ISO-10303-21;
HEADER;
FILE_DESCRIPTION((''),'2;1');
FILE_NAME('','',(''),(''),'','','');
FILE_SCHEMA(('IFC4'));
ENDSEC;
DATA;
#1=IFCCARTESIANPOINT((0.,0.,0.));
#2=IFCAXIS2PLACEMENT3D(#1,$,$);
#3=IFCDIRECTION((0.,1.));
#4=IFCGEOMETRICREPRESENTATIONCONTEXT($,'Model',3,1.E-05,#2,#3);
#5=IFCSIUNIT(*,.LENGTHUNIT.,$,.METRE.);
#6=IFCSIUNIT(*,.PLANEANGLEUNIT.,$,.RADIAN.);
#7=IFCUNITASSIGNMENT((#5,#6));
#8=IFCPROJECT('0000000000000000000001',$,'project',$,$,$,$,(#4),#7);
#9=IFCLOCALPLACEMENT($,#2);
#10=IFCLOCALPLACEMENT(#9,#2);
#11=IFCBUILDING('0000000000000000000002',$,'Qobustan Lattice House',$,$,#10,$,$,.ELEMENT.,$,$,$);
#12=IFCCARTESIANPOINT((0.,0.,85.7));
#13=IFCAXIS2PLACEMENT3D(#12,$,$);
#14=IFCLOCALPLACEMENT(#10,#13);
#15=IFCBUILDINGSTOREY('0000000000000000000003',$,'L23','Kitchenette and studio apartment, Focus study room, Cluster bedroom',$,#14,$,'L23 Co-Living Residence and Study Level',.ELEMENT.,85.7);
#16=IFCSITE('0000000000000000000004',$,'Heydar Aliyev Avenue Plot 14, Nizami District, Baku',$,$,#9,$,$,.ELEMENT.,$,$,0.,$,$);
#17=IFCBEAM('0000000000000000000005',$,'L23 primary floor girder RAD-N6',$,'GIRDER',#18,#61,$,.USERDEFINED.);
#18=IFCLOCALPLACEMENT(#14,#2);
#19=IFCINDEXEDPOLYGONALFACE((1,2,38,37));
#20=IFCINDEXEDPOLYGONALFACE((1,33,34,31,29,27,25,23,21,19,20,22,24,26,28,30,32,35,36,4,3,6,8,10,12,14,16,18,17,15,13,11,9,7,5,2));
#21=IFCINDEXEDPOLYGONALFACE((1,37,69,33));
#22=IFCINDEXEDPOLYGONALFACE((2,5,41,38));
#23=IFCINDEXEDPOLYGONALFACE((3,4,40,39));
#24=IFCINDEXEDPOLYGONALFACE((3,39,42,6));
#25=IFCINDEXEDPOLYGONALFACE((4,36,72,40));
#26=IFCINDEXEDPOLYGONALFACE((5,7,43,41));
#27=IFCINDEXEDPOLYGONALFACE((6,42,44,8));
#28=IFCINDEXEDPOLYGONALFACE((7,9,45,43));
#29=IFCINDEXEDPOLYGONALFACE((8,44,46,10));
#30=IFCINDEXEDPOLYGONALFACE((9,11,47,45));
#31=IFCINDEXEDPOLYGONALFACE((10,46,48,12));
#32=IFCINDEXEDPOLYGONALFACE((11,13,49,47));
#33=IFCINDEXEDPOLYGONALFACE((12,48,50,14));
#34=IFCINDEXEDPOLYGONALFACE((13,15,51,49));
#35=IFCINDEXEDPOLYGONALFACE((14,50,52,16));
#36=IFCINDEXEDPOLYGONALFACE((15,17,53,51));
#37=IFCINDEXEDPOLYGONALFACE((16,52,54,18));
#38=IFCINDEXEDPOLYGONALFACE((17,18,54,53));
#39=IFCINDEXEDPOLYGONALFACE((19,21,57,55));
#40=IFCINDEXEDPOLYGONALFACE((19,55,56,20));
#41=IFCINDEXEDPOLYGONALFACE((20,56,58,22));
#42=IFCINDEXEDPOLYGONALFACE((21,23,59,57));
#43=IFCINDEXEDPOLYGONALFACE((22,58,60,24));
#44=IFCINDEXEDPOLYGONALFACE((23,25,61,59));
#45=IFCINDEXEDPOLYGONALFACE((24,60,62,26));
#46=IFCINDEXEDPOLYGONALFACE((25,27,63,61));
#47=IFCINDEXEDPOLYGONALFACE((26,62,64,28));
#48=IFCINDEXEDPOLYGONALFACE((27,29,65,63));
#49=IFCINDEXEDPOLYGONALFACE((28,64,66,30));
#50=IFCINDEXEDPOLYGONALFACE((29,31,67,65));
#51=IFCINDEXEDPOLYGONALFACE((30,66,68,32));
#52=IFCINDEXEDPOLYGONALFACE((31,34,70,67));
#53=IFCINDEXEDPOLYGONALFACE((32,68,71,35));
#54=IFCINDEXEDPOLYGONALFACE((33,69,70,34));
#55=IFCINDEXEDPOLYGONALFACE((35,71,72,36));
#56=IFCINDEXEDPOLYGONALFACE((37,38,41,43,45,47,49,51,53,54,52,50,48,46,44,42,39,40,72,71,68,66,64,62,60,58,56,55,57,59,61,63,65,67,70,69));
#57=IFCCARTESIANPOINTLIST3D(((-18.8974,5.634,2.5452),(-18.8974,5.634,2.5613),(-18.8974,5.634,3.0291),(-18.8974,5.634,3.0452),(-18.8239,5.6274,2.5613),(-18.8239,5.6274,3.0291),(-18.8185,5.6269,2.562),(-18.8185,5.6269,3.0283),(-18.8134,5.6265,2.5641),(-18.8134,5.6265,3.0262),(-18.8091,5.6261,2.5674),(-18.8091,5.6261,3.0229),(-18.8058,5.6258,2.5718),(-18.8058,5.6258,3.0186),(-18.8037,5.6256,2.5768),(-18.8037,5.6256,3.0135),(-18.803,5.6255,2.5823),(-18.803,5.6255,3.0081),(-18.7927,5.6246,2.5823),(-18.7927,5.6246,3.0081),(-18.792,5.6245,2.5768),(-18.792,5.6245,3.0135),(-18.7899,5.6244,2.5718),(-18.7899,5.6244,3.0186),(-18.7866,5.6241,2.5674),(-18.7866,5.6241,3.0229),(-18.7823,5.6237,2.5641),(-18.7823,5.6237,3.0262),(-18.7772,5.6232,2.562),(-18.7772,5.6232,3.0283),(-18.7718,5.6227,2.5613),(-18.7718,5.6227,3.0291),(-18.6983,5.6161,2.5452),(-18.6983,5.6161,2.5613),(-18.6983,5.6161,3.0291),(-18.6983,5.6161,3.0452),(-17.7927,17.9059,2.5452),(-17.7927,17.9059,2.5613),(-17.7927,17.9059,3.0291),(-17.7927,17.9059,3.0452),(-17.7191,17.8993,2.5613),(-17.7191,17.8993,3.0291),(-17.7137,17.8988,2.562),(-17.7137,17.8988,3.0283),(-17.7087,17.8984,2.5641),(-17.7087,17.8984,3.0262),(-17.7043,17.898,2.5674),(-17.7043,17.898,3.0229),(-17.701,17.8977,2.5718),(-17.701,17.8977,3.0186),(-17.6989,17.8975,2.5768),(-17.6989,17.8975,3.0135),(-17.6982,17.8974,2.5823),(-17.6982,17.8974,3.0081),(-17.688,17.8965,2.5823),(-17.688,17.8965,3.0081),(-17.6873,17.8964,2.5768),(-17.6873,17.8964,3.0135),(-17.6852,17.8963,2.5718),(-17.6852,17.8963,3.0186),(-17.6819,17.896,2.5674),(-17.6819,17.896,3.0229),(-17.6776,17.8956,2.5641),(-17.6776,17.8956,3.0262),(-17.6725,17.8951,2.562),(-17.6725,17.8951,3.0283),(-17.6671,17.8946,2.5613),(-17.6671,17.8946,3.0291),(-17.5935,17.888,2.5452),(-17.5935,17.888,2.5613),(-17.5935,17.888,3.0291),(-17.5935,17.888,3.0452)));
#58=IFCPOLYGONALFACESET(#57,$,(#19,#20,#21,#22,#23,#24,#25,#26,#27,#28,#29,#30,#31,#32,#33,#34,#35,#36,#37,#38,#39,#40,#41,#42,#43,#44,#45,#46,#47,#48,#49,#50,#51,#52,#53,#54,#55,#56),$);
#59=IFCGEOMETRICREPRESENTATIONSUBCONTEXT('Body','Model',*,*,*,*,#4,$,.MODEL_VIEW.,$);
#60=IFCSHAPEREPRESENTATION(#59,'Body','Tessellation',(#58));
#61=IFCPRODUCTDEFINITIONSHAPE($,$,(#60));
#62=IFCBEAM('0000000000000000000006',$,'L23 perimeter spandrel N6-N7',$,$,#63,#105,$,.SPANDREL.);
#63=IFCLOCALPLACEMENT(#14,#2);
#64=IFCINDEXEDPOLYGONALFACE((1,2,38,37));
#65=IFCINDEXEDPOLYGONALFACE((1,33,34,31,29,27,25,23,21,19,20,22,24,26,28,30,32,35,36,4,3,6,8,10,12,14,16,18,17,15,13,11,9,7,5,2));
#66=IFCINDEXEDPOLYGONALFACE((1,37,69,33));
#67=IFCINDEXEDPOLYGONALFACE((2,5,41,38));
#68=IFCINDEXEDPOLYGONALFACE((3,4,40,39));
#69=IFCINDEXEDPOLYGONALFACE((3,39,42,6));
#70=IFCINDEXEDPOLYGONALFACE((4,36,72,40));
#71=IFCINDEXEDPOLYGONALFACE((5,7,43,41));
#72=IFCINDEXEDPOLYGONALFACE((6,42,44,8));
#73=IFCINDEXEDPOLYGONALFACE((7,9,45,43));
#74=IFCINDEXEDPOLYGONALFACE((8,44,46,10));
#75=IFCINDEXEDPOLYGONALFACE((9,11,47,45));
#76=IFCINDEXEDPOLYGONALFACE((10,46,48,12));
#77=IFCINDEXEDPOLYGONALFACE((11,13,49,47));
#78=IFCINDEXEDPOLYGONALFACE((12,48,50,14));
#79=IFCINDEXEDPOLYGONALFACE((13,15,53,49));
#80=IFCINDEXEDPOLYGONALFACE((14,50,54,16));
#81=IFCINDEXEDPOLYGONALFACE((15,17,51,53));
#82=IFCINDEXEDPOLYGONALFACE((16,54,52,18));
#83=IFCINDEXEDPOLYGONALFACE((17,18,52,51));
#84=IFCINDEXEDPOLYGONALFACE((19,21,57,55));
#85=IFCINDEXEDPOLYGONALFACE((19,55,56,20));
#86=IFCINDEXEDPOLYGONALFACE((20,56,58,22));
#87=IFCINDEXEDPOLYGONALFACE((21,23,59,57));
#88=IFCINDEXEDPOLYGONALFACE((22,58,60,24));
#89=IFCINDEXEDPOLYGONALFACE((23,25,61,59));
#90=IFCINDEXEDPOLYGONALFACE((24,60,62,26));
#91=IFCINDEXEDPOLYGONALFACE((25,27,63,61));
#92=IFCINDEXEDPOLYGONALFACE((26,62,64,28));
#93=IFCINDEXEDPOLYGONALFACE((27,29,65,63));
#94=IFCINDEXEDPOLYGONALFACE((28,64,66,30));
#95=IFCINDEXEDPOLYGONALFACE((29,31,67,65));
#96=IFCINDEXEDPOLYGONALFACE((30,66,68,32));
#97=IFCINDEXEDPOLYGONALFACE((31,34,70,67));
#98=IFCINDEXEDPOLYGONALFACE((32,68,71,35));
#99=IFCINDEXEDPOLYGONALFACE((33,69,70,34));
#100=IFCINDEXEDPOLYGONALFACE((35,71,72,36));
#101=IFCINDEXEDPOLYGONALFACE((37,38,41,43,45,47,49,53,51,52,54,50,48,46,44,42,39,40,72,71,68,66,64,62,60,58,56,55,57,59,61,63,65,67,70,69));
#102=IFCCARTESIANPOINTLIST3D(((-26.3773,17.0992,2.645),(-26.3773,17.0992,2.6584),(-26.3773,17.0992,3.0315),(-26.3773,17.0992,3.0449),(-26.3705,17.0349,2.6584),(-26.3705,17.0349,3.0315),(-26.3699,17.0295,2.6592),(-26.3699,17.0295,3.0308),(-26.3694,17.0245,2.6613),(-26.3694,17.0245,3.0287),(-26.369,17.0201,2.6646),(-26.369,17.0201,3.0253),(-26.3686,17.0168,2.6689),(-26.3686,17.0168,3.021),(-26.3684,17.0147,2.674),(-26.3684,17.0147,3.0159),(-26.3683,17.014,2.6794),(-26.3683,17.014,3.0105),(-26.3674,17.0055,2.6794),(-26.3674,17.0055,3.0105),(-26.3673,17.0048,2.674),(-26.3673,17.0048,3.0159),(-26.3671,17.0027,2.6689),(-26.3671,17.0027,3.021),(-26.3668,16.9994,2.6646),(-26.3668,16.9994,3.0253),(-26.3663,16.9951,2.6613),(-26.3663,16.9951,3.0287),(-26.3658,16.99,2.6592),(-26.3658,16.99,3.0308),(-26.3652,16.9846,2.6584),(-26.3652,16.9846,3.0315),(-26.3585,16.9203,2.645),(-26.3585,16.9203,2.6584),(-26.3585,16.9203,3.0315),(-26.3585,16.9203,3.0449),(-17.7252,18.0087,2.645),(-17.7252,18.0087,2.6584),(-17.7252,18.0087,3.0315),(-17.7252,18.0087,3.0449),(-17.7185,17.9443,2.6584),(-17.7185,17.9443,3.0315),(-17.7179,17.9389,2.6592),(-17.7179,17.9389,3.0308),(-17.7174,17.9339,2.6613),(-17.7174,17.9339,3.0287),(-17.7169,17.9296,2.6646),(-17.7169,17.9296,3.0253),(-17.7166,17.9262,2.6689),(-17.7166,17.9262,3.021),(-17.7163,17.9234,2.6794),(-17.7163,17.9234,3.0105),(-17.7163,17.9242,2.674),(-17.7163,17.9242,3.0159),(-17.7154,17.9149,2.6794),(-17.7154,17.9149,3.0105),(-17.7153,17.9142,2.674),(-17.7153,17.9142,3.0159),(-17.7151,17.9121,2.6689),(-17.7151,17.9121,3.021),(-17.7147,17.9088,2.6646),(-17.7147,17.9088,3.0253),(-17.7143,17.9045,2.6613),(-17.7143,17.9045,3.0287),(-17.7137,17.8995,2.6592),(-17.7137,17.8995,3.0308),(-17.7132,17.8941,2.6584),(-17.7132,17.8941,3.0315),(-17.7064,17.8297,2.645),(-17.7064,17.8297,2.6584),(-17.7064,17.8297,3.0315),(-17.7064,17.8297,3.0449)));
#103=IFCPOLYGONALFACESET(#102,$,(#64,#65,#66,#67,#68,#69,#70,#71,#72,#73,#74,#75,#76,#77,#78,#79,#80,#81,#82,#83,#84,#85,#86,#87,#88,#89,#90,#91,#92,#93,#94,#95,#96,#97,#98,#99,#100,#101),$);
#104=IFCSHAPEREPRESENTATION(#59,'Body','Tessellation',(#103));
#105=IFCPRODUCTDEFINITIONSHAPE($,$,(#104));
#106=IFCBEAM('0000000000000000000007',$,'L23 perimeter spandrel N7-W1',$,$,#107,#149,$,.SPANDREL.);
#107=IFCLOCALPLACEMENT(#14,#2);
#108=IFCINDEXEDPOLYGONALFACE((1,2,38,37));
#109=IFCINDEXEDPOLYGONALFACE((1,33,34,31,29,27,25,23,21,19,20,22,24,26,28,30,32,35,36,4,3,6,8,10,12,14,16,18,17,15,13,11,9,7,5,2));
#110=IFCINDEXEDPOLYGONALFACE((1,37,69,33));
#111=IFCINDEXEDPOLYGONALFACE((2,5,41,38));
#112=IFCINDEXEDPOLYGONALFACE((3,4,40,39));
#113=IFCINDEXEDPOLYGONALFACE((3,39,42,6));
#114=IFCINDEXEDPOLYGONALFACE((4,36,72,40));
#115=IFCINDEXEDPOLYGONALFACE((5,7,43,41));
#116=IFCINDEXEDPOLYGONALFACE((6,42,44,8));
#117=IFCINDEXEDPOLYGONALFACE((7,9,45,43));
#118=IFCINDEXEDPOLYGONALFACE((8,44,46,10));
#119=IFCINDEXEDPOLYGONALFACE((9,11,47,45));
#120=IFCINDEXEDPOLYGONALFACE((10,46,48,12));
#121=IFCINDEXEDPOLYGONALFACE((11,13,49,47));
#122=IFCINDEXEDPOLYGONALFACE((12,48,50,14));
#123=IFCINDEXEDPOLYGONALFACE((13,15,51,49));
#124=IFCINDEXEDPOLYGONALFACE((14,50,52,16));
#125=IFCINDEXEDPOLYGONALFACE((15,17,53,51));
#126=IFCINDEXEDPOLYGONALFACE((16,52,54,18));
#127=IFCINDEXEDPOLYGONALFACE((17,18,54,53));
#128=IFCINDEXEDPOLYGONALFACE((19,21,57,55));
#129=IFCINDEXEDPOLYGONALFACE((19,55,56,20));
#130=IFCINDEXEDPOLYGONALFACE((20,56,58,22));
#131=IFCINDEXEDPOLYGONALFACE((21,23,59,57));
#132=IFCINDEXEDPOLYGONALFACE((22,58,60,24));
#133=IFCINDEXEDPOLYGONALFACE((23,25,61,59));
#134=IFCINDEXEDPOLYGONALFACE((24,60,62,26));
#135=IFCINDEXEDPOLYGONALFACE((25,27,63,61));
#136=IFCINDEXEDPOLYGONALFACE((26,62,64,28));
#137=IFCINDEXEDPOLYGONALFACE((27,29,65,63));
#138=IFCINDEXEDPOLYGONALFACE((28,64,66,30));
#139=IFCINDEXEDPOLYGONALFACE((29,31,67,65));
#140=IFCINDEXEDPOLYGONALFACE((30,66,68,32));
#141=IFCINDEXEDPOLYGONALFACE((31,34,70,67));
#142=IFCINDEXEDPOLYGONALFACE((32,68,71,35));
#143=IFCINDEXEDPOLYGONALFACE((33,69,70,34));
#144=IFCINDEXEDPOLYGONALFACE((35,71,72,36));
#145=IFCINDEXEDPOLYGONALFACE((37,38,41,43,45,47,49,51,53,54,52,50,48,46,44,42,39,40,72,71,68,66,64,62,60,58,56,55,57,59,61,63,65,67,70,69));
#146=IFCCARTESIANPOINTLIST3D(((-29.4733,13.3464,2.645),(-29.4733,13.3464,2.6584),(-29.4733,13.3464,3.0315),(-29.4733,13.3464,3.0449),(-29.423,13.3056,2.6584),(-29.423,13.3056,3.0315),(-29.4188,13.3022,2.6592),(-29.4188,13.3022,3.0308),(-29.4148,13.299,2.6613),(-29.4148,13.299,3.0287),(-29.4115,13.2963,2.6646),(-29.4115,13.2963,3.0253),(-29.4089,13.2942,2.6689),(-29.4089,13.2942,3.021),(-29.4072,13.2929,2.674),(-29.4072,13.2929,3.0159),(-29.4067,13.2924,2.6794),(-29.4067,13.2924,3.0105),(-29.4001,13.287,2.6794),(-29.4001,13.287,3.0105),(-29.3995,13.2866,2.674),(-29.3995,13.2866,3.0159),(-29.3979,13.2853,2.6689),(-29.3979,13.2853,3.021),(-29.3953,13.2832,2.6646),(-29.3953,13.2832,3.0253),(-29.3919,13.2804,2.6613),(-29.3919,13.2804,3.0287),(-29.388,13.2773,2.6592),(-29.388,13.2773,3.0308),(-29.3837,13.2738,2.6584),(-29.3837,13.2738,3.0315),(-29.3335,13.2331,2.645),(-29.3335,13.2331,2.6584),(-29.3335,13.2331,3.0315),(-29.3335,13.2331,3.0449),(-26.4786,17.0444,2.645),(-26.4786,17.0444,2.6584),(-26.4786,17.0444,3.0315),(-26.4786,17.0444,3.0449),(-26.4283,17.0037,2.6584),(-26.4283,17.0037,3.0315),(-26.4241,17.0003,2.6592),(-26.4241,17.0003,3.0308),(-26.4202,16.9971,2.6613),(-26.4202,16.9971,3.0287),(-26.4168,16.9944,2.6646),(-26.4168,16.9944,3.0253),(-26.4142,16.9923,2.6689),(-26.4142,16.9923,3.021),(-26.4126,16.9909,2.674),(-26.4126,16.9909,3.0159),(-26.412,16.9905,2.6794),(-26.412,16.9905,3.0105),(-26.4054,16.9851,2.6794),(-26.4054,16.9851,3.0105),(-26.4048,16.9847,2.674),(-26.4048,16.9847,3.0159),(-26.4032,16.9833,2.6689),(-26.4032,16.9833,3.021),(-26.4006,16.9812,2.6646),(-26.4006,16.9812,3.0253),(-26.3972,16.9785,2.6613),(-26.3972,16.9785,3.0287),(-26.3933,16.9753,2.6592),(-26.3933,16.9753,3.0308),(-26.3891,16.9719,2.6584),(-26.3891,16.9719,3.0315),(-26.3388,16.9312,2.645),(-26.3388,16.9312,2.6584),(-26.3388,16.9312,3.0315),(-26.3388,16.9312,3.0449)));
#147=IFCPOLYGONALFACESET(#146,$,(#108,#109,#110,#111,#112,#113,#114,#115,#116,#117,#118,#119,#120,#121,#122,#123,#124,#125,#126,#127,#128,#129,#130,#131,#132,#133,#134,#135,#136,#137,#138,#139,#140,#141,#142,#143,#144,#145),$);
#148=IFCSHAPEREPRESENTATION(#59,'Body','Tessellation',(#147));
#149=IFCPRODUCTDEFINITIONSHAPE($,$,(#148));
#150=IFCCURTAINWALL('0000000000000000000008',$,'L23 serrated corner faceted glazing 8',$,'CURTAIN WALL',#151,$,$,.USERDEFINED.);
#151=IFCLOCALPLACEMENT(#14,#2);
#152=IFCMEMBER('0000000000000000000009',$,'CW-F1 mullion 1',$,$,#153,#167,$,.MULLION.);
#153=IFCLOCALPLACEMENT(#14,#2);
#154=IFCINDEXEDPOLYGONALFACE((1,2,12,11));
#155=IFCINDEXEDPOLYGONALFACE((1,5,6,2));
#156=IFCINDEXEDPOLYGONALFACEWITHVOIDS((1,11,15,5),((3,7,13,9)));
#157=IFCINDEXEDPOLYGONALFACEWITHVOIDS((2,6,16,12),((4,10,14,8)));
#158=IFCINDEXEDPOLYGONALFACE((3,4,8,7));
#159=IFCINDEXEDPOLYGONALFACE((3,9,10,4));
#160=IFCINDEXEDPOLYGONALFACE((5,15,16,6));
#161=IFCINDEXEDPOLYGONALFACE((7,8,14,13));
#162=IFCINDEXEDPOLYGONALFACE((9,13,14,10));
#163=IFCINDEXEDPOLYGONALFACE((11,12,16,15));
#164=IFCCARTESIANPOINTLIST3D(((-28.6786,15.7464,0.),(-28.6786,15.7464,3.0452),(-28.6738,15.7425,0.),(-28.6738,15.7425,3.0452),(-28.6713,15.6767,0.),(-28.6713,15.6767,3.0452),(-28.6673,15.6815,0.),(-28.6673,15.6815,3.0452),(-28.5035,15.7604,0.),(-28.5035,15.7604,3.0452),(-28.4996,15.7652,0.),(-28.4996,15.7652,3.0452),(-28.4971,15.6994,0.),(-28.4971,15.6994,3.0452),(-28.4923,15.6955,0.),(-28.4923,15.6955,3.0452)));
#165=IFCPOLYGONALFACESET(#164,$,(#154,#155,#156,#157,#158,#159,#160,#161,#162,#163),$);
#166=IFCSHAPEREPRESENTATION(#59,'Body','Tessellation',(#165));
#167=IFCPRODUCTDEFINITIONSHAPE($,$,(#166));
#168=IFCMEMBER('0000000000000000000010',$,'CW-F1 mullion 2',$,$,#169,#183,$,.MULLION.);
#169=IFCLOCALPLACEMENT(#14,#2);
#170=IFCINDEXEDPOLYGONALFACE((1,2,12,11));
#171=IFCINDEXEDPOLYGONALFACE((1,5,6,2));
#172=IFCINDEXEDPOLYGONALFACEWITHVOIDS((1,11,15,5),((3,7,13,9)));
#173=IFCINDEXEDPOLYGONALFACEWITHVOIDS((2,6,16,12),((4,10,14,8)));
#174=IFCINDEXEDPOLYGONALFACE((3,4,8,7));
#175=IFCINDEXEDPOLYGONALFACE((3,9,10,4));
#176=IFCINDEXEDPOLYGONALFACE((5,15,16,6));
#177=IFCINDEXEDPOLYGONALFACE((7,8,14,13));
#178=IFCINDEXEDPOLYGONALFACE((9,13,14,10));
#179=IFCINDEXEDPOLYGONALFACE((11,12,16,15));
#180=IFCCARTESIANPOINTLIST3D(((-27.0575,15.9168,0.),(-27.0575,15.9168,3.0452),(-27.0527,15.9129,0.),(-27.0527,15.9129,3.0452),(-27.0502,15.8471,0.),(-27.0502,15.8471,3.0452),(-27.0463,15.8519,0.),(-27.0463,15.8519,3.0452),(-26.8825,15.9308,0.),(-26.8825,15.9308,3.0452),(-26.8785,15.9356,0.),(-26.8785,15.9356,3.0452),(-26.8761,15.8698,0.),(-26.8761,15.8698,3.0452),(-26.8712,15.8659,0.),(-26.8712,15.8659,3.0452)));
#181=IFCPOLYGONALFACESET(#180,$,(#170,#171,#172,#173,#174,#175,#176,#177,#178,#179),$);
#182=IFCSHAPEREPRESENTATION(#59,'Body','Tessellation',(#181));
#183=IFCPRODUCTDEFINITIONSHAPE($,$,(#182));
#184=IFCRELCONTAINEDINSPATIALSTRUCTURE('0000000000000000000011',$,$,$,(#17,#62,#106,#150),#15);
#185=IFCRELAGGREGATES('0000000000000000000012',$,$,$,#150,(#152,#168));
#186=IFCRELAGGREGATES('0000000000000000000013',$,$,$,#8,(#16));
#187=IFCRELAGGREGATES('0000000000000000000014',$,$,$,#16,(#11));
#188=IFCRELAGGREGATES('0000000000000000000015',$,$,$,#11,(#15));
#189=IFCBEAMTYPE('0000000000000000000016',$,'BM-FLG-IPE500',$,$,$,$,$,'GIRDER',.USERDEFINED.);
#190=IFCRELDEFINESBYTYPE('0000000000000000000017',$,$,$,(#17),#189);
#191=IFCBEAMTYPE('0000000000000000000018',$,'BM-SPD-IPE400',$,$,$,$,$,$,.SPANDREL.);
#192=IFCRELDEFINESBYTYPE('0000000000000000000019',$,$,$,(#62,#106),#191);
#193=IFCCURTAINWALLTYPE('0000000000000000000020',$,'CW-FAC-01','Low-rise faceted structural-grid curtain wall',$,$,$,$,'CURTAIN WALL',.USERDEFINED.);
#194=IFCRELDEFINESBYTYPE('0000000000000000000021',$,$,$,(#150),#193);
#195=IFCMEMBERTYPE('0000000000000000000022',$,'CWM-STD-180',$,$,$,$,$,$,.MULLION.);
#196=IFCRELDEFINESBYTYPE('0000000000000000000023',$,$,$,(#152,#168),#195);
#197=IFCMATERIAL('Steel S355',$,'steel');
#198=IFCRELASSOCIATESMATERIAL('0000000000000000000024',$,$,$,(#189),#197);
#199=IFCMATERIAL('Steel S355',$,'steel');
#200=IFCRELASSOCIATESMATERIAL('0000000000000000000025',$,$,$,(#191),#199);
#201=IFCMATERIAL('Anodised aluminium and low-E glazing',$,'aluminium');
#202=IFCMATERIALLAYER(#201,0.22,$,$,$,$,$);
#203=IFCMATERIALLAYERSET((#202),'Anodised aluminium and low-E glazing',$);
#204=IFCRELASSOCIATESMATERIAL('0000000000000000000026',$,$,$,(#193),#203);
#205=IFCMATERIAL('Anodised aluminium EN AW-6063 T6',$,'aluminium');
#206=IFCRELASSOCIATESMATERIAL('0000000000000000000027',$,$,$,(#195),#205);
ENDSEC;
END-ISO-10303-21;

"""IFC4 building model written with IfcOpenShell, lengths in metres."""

from ifc_helpers import new_model, si_unit, direction, frame, origin, origin_2d, place, context, subcontext, project, spatial, hollow_rectangle, i_section, extrude, material, layer, layer_set, material_profile, profile_set, type_object, element, aggregate, save


model = new_model("IFC4")

# Units and contexts
model_context = context("Model", 3, precision=1e-05, world=origin(), true_north=direction((0.0, 1.0)))
body_context = subcontext(model_context, "Body", "Model", "MODEL_VIEW")
ifc_project = project(units=[si_unit("LENGTHUNIT", "METRE"), si_unit("PLANEANGLEUNIT", "RADIAN")], contexts=[model_context])

# Site, building, storey
site_placement = place(None, origin())
site = spatial("IfcSite", under=ifc_project, at=site_placement, Name="Heydar Aliyev Avenue Plot 14, Nizami District, Baku", CompositionType="ELEMENT", RefElevation=0.0)
building_placement = place(site_placement, origin())
building = spatial("IfcBuilding", under=site, at=building_placement, Name="Qobustan Lattice House", CompositionType="ELEMENT")
storey_placement = place(building_placement, frame((0.0, 0.0, 85.7)))
storey = spatial("IfcBuildingStorey", under=building, at=storey_placement, Name="L23", Description="Kitchenette and studio apartment, Focus study room, Cluster bedroom", LongName="L23 Co-Living Residence and Study Level", CompositionType="ELEMENT", Elevation=85.7)

# Beams
ifc_material_1 = material(Name="Steel S355", Category="steel")
ifc_material_profile_1 = material_profile(ifc_material_1, i_section(OverallWidth=0.2, OverallDepth=0.5, WebThickness=0.0103, FlangeThickness=0.0161, FilletRadius=0.021, at=origin_2d()), Name="IPE500")
ifc_profile_set_1 = profile_set([ifc_material_profile_1], Name="Steel S355")
beam_type_1 = type_object("IfcBeamType", Name="BM-FLG-IPE500", ElementType="GIRDER", PredefinedType="USERDEFINED", material=ifc_profile_set_1)
beam_1_placement = place(storey_placement, frame((-17.6931, 17.897, 2.7952), z_axis=(-0.089659, -0.995973, 0.0), x_axis=(0.995973, -0.089659, 0.0)))
element("IfcBeam", 1, at=beam_1_placement, inside=storey, type_object=beam_type_1, Name="L23 primary floor girder RAD-N6", ObjectType="GIRDER", PredefinedType="USERDEFINED", context=body_context, shape_type="SweptSolid", body=[
    extrude(i_section(OverallWidth=0.2, OverallDepth=0.5, WebThickness=0.0103, FlangeThickness=0.0161, FilletRadius=0.021, at=origin_2d()), origin(), (0.0, 0.0, 1.0), 12.3215),
])
ifc_material_2 = material(Name="Steel S355", Category="steel")
ifc_material_profile_2 = material_profile(ifc_material_2, i_section(OverallWidth=0.1799, OverallDepth=0.3999, WebThickness=0.0085, FlangeThickness=0.0134, FilletRadius=0.021, at=origin_2d()), Name="IPE400")
ifc_profile_set_2 = profile_set([ifc_material_profile_2], Name="Steel S355")
beam_type_2 = type_object("IfcBeamType", Name="BM-SPD-IPE400", PredefinedType="SPANDREL", material=ifc_profile_set_2)
beam_2_placement = place(storey_placement, frame((-17.7158, 17.9192, 2.845), z_axis=(-0.994521, -0.104534, 0.0), x_axis=(0.104534, -0.994521, 0.0)))
element("IfcBeam", 2, at=beam_2_placement, inside=storey, type_object=beam_type_2, Name="L23 perimeter spandrel N6-N7", PredefinedType="SPANDREL", context=body_context, shape_type="SweptSolid", body=[
    extrude(i_section(OverallWidth=0.1799, OverallDepth=0.3999, WebThickness=0.0085, FlangeThickness=0.0134, FilletRadius=0.021, at=origin_2d()), origin(), (0.0, 0.0, 1.0), 8.6997),
])
beam_3_placement = place(storey_placement, frame((-26.4087, 16.9878, 2.845), z_axis=(-0.629327, -0.777141, 0.0), x_axis=(0.777141, -0.629327, 0.0)))
element("IfcBeam", 3, at=beam_3_placement, inside=storey, type_object=beam_type_2, Name="L23 perimeter spandrel N7-W1", PredefinedType="SPANDREL", context=body_context, shape_type="SweptSolid", body=[
    extrude(i_section(OverallWidth=0.1799, OverallDepth=0.3999, WebThickness=0.0085, FlangeThickness=0.0134, FilletRadius=0.021, at=origin_2d()), origin(), (0.0, 0.0, 1.0), 4.7585),
])

# Curtain wall, members
ifc_material_3 = material(Name="Anodised aluminium and low-E glazing", Category="aluminium")
ifc_layer_1 = layer(ifc_material_3, 0.22)
ifc_layer_set_1 = layer_set([ifc_layer_1], Name="Anodised aluminium and low-E glazing")
curtain_wall_type = type_object("IfcCurtainWallType", Name="CW-FAC-01", Description="Low-rise faceted structural-grid curtain wall", ElementType="CURTAIN WALL", PredefinedType="USERDEFINED", material=ifc_layer_set_1)
curtain_wall_placement = place(storey_placement, origin())
curtain_wall = element("IfcCurtainWall", 4, at=curtain_wall_placement, inside=storey, type_object=curtain_wall_type, Name="L23 serrated corner faceted glazing 8", ObjectType="CURTAIN WALL", PredefinedType="USERDEFINED")
ifc_material_4 = material(Name="Anodised aluminium EN AW-6063 T6", Category="aluminium")
ifc_material_profile_3 = material_profile(ifc_material_4, hollow_rectangle(XDim=0.0701, YDim=0.1799, WallThickness=0.0044, at=origin_2d()), Name="CWM-180x70")
ifc_profile_set_3 = profile_set([ifc_material_profile_3], Name="Anodised aluminium EN AW-6063 T6")
member_type_1 = type_object("IfcMemberType", Name="CWM-STD-180", PredefinedType="MULLION", material=ifc_profile_set_3)
member_1_placement = place(storey_placement, frame((-28.5854, 15.7209, 0.0), z_axis=(0.0, 0.0, 1.0), x_axis=(-0.104529, 0.994522, 0.0)))
member_1 = element("IfcMember", 5, at=member_1_placement, type_object=member_type_1, Name="CW-F1 mullion 1", PredefinedType="MULLION", context=body_context, shape_type="SweptSolid", body=[
    extrude(hollow_rectangle(XDim=0.0701, YDim=0.1799, WallThickness=0.0044, at=origin_2d()), origin(), (0.0, 0.0, 1.0), 3.0452),
])
member_2_placement = place(storey_placement, frame((-26.9644, 15.8914, 0.0), z_axis=(0.0, 0.0, 1.0), x_axis=(-0.104529, 0.994522, 0.0)))
member_2 = element("IfcMember", 6, at=member_2_placement, type_object=member_type_1, Name="CW-F1 mullion 2", PredefinedType="MULLION", context=body_context, shape_type="SweptSolid", body=[
    extrude(hollow_rectangle(XDim=0.0701, YDim=0.1799, WallThickness=0.0044, at=origin_2d()), origin(), (0.0, 0.0, 1.0), 3.0452),
])
aggregate(curtain_wall, [member_1, member_2])

save(model, "model.ifc")
